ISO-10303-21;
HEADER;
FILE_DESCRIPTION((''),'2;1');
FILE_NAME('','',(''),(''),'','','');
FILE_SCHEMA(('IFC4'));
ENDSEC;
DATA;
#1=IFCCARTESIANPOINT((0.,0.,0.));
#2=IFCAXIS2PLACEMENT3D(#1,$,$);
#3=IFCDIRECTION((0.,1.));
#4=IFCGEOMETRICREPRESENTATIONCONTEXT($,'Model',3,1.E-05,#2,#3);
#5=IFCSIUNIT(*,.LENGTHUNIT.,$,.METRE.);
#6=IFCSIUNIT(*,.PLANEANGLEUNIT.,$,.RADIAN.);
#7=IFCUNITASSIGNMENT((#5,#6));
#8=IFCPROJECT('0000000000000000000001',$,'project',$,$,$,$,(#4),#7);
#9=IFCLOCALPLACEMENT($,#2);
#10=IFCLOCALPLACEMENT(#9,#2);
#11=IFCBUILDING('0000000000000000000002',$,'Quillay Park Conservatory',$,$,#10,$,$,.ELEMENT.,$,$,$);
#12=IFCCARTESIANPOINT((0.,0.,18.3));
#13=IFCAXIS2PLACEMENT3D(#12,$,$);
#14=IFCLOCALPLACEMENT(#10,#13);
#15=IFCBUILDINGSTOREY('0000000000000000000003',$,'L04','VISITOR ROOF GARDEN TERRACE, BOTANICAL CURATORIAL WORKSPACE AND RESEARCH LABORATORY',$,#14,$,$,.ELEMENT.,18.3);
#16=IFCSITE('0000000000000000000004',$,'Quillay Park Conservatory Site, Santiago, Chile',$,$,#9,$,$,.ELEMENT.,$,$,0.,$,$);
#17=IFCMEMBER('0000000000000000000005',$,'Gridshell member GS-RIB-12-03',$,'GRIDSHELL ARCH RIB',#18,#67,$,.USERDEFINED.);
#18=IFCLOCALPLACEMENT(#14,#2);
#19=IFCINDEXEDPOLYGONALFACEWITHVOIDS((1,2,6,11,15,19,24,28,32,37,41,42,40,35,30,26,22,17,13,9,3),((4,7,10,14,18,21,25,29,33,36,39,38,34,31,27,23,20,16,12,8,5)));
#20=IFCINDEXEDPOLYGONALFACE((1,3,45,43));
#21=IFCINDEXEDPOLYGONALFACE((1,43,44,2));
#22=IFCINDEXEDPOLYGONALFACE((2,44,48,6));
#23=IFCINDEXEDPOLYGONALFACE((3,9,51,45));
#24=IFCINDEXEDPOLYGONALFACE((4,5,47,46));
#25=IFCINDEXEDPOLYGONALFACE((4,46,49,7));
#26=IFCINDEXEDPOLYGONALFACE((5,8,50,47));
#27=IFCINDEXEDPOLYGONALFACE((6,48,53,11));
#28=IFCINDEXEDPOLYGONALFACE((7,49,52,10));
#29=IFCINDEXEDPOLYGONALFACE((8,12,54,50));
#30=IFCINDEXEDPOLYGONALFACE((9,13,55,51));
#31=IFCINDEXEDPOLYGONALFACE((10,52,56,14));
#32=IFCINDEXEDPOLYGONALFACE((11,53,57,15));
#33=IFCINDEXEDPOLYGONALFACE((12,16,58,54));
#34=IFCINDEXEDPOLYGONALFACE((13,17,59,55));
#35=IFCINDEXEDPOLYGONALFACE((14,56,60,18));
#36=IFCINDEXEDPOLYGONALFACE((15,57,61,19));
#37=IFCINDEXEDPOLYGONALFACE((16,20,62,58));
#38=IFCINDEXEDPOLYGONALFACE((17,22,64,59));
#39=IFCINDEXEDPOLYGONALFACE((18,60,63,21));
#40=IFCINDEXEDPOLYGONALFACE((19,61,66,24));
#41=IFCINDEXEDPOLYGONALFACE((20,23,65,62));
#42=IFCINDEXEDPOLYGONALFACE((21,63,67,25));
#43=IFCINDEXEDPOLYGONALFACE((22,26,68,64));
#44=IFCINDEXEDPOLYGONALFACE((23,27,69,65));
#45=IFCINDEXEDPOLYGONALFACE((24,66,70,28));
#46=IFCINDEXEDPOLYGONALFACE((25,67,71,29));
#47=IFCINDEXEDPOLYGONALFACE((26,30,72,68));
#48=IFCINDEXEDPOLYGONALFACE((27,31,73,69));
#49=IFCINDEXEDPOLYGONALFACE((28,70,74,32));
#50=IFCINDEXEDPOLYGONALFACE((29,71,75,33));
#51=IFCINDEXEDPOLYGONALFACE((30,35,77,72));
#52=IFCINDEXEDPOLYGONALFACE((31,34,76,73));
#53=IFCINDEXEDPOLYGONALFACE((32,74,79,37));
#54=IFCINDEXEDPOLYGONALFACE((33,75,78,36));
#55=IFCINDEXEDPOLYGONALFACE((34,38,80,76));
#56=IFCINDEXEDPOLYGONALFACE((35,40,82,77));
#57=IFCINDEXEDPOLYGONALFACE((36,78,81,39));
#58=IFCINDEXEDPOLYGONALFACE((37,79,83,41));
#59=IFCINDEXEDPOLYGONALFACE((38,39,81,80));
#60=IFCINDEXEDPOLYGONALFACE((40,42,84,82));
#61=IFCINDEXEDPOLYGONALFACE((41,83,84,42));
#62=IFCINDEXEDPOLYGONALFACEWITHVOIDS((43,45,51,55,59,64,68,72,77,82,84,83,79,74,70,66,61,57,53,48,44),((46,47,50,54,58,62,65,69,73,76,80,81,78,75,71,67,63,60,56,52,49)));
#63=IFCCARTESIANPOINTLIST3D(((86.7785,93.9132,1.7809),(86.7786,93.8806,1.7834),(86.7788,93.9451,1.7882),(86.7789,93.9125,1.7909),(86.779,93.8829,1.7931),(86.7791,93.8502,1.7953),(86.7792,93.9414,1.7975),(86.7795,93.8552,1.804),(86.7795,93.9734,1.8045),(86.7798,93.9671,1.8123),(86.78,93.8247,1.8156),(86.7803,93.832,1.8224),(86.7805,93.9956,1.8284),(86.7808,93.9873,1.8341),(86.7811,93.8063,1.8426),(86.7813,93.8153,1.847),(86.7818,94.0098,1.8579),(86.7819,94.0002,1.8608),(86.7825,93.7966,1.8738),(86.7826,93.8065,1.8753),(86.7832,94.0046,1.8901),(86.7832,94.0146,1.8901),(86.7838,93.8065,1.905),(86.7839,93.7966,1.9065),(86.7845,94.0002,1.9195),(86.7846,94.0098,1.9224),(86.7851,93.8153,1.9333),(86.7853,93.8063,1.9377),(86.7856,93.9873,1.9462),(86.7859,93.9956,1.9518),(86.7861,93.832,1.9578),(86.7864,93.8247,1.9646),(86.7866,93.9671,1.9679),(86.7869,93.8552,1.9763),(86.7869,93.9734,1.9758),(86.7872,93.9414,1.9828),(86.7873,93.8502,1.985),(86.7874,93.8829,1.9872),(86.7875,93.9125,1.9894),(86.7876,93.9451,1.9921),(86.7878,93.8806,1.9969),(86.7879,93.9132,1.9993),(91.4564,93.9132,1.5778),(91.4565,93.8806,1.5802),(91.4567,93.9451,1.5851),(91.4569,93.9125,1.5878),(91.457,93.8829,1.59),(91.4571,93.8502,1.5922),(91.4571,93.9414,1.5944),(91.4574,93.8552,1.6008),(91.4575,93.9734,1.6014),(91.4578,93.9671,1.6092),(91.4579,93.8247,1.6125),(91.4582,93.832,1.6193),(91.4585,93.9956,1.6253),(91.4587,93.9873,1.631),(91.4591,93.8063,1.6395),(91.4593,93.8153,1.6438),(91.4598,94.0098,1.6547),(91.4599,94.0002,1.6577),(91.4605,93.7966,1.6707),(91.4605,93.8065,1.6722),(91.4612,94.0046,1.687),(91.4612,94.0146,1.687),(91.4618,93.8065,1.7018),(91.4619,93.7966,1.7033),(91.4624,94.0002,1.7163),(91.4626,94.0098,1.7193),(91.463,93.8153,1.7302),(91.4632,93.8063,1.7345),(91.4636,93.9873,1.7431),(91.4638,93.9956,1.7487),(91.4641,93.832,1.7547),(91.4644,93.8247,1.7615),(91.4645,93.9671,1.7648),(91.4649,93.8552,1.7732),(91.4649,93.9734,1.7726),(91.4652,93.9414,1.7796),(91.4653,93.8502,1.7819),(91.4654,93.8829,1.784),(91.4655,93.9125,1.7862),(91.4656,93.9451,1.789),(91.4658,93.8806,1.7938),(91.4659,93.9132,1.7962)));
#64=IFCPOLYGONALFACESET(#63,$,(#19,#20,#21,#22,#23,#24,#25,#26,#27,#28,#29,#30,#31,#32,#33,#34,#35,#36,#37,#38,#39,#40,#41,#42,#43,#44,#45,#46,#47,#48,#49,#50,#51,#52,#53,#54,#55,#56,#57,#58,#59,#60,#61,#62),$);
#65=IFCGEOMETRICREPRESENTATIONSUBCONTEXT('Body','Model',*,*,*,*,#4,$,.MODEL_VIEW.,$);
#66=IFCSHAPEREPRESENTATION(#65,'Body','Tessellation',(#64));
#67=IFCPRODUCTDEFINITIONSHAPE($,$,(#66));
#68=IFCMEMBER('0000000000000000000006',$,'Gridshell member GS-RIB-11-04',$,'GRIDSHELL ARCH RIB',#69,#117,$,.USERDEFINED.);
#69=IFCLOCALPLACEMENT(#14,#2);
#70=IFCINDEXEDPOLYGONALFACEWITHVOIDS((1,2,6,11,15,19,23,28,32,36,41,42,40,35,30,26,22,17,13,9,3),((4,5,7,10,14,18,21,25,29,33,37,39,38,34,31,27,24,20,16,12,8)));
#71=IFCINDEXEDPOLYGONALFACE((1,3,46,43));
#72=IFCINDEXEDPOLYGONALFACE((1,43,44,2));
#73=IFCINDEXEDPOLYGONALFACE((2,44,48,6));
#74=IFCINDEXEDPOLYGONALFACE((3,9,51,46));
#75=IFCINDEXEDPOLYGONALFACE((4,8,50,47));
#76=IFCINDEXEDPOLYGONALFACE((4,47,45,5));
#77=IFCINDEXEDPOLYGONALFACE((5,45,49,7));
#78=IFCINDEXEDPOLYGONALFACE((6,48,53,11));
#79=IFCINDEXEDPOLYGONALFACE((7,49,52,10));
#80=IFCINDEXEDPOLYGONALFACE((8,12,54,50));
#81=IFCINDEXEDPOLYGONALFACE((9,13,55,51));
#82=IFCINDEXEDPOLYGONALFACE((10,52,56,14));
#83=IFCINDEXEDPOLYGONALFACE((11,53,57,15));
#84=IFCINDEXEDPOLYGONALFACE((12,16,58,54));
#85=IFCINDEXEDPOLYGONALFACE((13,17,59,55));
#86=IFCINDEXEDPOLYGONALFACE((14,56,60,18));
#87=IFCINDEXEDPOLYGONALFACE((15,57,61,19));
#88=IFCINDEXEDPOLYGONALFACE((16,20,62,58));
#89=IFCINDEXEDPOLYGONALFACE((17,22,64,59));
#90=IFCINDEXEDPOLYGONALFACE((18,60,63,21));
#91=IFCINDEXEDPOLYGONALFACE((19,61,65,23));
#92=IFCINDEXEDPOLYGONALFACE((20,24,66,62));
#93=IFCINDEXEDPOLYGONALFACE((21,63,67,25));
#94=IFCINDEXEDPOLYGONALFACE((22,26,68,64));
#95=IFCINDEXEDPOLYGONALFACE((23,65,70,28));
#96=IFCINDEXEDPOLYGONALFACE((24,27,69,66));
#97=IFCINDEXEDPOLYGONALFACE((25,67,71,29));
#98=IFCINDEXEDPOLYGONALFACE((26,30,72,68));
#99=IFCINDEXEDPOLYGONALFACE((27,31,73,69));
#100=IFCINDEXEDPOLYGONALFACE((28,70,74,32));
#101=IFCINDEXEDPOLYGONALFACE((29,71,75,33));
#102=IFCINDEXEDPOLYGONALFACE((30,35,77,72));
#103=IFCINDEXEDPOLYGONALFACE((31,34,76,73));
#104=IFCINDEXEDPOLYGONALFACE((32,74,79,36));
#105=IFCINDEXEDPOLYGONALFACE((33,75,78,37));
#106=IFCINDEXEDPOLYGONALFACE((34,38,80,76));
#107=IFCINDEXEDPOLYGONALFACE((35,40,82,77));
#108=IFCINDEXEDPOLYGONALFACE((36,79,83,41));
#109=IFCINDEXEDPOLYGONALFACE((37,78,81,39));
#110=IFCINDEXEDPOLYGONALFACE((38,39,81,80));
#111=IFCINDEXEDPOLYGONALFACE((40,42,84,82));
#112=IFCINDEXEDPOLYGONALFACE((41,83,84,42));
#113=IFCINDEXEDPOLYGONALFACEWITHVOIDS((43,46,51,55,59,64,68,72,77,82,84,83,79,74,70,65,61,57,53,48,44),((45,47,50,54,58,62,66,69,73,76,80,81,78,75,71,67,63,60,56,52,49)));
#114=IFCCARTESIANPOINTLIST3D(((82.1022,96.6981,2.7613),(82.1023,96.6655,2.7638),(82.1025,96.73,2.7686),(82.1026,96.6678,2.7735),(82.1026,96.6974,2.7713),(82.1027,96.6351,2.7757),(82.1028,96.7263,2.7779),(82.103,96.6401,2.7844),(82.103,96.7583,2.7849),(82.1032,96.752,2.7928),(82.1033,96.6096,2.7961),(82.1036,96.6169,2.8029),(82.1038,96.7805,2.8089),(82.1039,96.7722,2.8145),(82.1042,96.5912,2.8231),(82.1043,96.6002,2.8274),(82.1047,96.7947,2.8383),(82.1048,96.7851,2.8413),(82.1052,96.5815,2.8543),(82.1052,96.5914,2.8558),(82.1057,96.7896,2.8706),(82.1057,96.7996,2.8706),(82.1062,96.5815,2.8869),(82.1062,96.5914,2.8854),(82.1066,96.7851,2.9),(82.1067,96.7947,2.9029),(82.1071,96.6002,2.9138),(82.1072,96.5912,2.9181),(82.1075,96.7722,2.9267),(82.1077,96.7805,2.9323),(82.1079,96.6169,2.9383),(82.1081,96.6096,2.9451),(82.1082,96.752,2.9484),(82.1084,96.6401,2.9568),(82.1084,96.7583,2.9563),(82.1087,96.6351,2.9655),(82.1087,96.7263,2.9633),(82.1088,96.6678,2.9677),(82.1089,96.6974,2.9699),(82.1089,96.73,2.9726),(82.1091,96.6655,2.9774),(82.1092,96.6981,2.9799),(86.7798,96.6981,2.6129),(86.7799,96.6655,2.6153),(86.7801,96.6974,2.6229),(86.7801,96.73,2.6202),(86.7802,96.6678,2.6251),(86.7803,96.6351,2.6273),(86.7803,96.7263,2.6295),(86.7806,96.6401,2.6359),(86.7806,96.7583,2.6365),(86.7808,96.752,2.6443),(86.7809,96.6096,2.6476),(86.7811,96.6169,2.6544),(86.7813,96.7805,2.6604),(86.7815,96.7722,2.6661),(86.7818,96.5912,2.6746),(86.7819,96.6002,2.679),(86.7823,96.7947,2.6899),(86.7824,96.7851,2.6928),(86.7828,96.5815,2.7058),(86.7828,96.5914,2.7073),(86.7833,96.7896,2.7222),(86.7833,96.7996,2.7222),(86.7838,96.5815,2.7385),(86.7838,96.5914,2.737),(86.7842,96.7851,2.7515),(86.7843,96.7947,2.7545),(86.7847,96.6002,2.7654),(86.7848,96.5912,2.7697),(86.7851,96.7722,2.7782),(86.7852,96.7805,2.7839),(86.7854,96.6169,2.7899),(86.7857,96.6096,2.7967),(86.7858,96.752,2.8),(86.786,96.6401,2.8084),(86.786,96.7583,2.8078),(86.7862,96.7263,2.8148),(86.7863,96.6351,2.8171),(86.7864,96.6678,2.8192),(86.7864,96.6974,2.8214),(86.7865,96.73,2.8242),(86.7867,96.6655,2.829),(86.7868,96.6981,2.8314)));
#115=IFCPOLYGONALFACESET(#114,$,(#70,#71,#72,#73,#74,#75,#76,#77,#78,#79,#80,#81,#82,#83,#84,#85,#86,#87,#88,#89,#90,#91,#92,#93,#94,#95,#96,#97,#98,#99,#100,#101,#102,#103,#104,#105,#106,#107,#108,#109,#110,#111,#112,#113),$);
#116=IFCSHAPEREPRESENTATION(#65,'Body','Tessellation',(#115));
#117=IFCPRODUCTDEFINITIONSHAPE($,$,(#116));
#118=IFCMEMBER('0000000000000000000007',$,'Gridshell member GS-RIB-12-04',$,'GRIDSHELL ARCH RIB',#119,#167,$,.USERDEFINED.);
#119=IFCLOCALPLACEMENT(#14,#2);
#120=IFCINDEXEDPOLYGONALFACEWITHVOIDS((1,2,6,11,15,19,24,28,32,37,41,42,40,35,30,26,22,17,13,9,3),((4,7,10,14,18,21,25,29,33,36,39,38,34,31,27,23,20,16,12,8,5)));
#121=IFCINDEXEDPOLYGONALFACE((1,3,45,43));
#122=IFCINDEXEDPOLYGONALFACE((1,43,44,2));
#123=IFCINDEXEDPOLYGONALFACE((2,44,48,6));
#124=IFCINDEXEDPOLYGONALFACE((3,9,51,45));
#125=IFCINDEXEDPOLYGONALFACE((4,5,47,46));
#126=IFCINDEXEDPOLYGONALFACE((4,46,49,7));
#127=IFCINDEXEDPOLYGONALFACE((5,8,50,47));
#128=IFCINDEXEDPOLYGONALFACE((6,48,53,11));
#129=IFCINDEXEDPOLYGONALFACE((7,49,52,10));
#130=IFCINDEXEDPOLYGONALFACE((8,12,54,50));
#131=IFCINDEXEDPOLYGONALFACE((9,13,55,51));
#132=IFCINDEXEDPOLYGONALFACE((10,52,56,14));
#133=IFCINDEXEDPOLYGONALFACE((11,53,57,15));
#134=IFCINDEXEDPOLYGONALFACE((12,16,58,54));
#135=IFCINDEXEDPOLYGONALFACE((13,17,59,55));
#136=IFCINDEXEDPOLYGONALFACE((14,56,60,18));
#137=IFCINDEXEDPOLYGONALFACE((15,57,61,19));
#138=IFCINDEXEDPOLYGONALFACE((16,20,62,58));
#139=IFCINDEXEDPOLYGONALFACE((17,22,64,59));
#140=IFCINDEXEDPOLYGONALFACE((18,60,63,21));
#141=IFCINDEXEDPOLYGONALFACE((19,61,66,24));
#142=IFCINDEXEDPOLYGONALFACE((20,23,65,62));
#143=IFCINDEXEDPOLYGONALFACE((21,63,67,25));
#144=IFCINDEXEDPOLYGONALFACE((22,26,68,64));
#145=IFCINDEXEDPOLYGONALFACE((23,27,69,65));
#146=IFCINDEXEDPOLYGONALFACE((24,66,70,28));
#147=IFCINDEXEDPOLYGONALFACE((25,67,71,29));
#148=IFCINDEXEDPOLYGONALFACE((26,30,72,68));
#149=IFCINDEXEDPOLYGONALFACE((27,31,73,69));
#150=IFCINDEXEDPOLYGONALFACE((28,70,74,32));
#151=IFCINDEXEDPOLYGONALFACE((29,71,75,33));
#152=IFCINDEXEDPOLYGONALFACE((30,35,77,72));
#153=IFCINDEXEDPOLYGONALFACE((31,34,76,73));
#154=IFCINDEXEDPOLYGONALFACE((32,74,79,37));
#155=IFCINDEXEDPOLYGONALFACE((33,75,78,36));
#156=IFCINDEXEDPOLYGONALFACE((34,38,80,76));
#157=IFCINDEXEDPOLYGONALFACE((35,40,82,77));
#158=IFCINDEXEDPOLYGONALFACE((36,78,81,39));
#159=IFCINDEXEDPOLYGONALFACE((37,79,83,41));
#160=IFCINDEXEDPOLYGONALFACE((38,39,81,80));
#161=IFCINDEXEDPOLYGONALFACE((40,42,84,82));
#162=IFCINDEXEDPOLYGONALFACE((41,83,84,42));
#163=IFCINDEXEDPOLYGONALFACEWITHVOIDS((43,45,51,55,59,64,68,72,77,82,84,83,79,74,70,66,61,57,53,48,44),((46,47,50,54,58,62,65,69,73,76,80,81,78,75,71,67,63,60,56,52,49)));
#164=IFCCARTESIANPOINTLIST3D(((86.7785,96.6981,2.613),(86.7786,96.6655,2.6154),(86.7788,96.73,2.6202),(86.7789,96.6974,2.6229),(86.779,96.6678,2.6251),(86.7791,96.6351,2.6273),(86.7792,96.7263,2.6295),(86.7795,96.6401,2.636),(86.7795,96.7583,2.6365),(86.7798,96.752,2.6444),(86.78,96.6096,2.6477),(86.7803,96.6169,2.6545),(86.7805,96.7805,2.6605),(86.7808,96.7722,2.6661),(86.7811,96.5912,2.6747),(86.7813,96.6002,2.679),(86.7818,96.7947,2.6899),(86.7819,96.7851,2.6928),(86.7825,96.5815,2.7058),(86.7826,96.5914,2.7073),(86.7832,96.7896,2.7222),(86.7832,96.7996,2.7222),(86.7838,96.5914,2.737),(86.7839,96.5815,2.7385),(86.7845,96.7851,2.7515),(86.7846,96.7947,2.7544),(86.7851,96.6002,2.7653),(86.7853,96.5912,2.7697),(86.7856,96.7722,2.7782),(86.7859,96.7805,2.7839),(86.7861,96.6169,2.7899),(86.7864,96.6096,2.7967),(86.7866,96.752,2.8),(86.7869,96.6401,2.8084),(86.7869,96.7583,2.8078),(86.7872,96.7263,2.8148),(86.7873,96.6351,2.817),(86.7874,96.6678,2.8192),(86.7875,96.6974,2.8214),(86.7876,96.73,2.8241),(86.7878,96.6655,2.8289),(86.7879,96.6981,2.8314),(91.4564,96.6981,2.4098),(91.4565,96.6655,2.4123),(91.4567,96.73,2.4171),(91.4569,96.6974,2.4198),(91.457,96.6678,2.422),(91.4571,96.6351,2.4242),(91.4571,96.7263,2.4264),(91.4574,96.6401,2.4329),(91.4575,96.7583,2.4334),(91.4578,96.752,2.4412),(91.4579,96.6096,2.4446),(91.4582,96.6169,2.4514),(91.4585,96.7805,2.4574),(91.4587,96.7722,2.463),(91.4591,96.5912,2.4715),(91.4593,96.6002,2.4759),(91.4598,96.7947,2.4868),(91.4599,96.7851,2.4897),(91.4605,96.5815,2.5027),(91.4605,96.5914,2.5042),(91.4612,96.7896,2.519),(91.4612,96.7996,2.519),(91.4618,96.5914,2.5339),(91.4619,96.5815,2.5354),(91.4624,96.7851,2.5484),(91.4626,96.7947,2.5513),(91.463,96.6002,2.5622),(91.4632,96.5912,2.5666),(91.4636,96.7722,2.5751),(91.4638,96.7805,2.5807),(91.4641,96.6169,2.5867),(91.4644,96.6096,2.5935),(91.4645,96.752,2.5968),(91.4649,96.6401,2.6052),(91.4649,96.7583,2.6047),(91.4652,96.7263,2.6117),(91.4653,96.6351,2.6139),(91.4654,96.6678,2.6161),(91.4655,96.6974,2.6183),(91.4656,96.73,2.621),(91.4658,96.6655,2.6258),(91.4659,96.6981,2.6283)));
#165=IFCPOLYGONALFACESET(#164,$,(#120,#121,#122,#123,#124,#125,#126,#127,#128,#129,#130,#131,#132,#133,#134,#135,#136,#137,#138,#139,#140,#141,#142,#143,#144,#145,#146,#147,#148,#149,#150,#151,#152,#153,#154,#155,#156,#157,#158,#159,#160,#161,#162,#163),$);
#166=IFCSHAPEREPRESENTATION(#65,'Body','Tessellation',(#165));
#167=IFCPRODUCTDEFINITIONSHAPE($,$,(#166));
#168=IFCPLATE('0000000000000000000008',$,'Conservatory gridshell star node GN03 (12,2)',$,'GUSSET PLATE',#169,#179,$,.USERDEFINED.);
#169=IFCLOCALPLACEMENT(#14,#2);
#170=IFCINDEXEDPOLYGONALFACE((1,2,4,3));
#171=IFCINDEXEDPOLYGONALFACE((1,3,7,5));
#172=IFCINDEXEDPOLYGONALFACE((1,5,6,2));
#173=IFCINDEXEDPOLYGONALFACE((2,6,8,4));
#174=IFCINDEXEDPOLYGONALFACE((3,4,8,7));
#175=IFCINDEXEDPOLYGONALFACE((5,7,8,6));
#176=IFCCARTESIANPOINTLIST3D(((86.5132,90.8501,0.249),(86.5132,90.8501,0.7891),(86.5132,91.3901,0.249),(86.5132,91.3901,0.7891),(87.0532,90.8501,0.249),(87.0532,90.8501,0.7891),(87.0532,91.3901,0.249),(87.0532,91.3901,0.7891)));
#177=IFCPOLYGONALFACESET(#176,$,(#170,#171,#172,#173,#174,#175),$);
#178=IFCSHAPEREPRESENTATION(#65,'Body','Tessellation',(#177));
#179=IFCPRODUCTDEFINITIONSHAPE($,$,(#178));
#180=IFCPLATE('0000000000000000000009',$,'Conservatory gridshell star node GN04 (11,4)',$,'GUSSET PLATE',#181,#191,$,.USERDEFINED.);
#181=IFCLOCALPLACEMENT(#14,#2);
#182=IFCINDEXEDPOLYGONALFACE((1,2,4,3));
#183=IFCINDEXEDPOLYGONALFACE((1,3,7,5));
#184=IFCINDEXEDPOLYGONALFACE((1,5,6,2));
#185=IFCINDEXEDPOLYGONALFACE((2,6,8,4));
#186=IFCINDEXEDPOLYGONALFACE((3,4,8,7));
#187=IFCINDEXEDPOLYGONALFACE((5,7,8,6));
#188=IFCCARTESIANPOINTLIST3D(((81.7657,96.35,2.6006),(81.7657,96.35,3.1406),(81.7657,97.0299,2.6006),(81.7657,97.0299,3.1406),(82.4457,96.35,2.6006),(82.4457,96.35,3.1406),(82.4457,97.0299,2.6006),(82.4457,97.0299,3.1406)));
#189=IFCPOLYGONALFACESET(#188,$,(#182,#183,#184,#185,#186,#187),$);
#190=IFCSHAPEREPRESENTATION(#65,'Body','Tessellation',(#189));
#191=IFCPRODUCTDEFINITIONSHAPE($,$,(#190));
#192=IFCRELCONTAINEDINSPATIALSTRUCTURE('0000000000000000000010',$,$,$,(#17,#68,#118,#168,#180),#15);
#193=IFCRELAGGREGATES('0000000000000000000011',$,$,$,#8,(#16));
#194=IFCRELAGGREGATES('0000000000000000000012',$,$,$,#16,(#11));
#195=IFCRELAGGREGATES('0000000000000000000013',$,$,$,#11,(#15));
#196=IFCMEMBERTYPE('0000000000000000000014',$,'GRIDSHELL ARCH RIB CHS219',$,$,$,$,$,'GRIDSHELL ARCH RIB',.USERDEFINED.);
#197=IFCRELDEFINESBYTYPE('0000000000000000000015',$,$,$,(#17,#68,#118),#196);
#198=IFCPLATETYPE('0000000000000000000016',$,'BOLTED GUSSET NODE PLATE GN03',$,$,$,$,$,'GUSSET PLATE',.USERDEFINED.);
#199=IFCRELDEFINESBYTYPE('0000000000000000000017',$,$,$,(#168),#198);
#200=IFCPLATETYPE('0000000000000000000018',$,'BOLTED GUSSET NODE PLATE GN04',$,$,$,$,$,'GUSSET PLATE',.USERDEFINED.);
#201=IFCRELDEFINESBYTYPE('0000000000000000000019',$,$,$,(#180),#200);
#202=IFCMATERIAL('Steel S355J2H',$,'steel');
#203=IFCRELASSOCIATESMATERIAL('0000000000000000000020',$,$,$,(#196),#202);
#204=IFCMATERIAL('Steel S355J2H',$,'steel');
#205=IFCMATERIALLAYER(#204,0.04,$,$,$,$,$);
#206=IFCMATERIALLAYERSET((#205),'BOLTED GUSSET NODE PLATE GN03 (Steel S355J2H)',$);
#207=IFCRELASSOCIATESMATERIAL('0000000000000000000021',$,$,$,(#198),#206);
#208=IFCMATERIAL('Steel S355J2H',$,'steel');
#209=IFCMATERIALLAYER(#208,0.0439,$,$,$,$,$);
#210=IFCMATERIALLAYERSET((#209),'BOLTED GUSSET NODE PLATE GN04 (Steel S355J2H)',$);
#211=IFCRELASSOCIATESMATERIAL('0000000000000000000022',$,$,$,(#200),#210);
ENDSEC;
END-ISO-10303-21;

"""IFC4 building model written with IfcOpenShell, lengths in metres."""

from ifc_helpers import new_model, si_unit, direction, frame, origin, origin_2d, place, context, subcontext, project, spatial, rectangle, hollow_circle, extrude, material, layer, layer_set, material_profile, profile_set, type_object, element, save


model = new_model("IFC4")

# Units and contexts
model_context = context("Model", 3, precision=1e-05, world=origin(), true_north=direction((0.0, 1.0)))
body_context = subcontext(model_context, "Body", "Model", "MODEL_VIEW")
ifc_project = project(units=[si_unit("LENGTHUNIT", "METRE"), si_unit("PLANEANGLEUNIT", "RADIAN")], contexts=[model_context])

# Site, building, storey
site_placement = place(None, origin())
site = spatial("IfcSite", under=ifc_project, at=site_placement, Name="Quillay Park Conservatory Site, Santiago, Chile", CompositionType="ELEMENT", RefElevation=0.0)
building_placement = place(site_placement, origin())
building = spatial("IfcBuilding", under=site, at=building_placement, Name="Quillay Park Conservatory", CompositionType="ELEMENT")
storey_placement = place(building_placement, frame((0.0, 0.0, 18.3)))
storey = spatial("IfcBuildingStorey", under=building, at=storey_placement, Name="L04", Description="VISITOR ROOF GARDEN TERRACE, BOTANICAL CURATORIAL WORKSPACE AND RESEARCH LABORATORY", CompositionType="ELEMENT", Elevation=18.3)

# Members
ifc_material_1 = material(Name="Steel S355J2H", Category="steel")
ifc_material_profile_1 = material_profile(ifc_material_1, hollow_circle(Radius=0.1096, WallThickness=0.01, at=origin_2d()), Name="CHS219.1x10")
ifc_profile_set_1 = profile_set([ifc_material_profile_1], Name="Steel S355J2H")
member_type = type_object("IfcMemberType", Name="GRIDSHELL ARCH RIB CHS219", ElementType="GRIDSHELL ARCH RIB", PredefinedType="USERDEFINED", material=ifc_profile_set_1)
member_1_placement = place(storey_placement, frame((86.7832, 93.905, 1.8901), z_axis=(0.999059, 0.0, -0.043381), x_axis=(0.0, 1.0, 0.0)))
element("IfcMember", 1, at=member_1_placement, inside=storey, type_object=member_type, Name="Gridshell member GS-RIB-12-03", ObjectType="GRIDSHELL ARCH RIB", PredefinedType="USERDEFINED", context=body_context, shape_type="SweptSolid", body=[
    extrude(hollow_circle(Radius=0.1096, WallThickness=0.01, at=origin_2d()), origin(), (0.0, 0.0, 1.0), 4.6824),
])
member_2_placement = place(storey_placement, frame((82.1057, 96.6899, 2.8706), z_axis=(0.999497, 0.0, -0.031718), x_axis=(0.0, 1.0, 0.0)))
element("IfcMember", 2, at=member_2_placement, inside=storey, type_object=member_type, Name="Gridshell member GS-RIB-11-04", ObjectType="GRIDSHELL ARCH RIB", PredefinedType="USERDEFINED", context=body_context, shape_type="SweptSolid", body=[
    extrude(hollow_circle(Radius=0.1096, WallThickness=0.01, at=origin_2d()), origin(), (0.0, 0.0, 1.0), 4.6799),
])
member_3_placement = place(storey_placement, frame((86.7832, 96.6899, 2.7222), z_axis=(0.999059, 0.0, -0.043381), x_axis=(0.0, 1.0, 0.0)))
element("IfcMember", 3, at=member_3_placement, inside=storey, type_object=member_type, Name="Gridshell member GS-RIB-12-04", ObjectType="GRIDSHELL ARCH RIB", PredefinedType="USERDEFINED", context=body_context, shape_type="SweptSolid", body=[
    extrude(hollow_circle(Radius=0.1096, WallThickness=0.01, at=origin_2d()), origin(), (0.0, 0.0, 1.0), 4.6824),
])

# Plates
ifc_material_2 = material(Name="Steel S355J2H", Category="steel")
ifc_layer_1 = layer(ifc_material_2, 0.04)
ifc_layer_set_1 = layer_set([ifc_layer_1], Name="BOLTED GUSSET NODE PLATE GN03 (Steel S355J2H)")
plate_type_1 = type_object("IfcPlateType", Name="BOLTED GUSSET NODE PLATE GN03", ElementType="GUSSET PLATE", PredefinedType="USERDEFINED", material=ifc_layer_set_1)
plate_1_placement = place(storey_placement, frame((86.7832, 91.1201, 0.249), z_axis=(0.0, 0.0, 1.0), x_axis=(1.0, 0.0, 0.0)))
element("IfcPlate", 4, at=plate_1_placement, inside=storey, type_object=plate_type_1, Name="Conservatory gridshell star node GN03 (12,2)", ObjectType="GUSSET PLATE", PredefinedType="USERDEFINED", context=body_context, shape_type="SweptSolid", body=[
    extrude(rectangle(XDim=0.54, YDim=0.54, at=origin_2d()), origin(), (0.0, 0.0, 1.0), 0.54),
])
ifc_material_3 = material(Name="Steel S355J2H", Category="steel")
ifc_layer_2 = layer(ifc_material_3, 0.0439)
ifc_layer_set_2 = layer_set([ifc_layer_2], Name="BOLTED GUSSET NODE PLATE GN04 (Steel S355J2H)")
plate_type_2 = type_object("IfcPlateType", Name="BOLTED GUSSET NODE PLATE GN04", ElementType="GUSSET PLATE", PredefinedType="USERDEFINED", material=ifc_layer_set_2)
for number, where, z_axis, x_axis, name in (
    (5, (82.1057, 96.6899, 2.6006), (0.0, 0.0, 1.0), (1.0, 0.0, 0.0), "Conservatory gridshell star node GN04 (11,4)"),
):
    element("IfcPlate", number, at=place(storey_placement, frame(where, z_axis=z_axis, x_axis=x_axis)), inside=storey, type_object=plate_type_2, Name=name, ObjectType="GUSSET PLATE", PredefinedType="USERDEFINED", context=body_context, shape_type="SweptSolid", body=[
        extrude(rectangle(XDim=0.6799, YDim=0.6799, at=origin_2d()), origin(), (0.0, 0.0, 1.0), 0.54),
    ])

save(model, "model.ifc")
